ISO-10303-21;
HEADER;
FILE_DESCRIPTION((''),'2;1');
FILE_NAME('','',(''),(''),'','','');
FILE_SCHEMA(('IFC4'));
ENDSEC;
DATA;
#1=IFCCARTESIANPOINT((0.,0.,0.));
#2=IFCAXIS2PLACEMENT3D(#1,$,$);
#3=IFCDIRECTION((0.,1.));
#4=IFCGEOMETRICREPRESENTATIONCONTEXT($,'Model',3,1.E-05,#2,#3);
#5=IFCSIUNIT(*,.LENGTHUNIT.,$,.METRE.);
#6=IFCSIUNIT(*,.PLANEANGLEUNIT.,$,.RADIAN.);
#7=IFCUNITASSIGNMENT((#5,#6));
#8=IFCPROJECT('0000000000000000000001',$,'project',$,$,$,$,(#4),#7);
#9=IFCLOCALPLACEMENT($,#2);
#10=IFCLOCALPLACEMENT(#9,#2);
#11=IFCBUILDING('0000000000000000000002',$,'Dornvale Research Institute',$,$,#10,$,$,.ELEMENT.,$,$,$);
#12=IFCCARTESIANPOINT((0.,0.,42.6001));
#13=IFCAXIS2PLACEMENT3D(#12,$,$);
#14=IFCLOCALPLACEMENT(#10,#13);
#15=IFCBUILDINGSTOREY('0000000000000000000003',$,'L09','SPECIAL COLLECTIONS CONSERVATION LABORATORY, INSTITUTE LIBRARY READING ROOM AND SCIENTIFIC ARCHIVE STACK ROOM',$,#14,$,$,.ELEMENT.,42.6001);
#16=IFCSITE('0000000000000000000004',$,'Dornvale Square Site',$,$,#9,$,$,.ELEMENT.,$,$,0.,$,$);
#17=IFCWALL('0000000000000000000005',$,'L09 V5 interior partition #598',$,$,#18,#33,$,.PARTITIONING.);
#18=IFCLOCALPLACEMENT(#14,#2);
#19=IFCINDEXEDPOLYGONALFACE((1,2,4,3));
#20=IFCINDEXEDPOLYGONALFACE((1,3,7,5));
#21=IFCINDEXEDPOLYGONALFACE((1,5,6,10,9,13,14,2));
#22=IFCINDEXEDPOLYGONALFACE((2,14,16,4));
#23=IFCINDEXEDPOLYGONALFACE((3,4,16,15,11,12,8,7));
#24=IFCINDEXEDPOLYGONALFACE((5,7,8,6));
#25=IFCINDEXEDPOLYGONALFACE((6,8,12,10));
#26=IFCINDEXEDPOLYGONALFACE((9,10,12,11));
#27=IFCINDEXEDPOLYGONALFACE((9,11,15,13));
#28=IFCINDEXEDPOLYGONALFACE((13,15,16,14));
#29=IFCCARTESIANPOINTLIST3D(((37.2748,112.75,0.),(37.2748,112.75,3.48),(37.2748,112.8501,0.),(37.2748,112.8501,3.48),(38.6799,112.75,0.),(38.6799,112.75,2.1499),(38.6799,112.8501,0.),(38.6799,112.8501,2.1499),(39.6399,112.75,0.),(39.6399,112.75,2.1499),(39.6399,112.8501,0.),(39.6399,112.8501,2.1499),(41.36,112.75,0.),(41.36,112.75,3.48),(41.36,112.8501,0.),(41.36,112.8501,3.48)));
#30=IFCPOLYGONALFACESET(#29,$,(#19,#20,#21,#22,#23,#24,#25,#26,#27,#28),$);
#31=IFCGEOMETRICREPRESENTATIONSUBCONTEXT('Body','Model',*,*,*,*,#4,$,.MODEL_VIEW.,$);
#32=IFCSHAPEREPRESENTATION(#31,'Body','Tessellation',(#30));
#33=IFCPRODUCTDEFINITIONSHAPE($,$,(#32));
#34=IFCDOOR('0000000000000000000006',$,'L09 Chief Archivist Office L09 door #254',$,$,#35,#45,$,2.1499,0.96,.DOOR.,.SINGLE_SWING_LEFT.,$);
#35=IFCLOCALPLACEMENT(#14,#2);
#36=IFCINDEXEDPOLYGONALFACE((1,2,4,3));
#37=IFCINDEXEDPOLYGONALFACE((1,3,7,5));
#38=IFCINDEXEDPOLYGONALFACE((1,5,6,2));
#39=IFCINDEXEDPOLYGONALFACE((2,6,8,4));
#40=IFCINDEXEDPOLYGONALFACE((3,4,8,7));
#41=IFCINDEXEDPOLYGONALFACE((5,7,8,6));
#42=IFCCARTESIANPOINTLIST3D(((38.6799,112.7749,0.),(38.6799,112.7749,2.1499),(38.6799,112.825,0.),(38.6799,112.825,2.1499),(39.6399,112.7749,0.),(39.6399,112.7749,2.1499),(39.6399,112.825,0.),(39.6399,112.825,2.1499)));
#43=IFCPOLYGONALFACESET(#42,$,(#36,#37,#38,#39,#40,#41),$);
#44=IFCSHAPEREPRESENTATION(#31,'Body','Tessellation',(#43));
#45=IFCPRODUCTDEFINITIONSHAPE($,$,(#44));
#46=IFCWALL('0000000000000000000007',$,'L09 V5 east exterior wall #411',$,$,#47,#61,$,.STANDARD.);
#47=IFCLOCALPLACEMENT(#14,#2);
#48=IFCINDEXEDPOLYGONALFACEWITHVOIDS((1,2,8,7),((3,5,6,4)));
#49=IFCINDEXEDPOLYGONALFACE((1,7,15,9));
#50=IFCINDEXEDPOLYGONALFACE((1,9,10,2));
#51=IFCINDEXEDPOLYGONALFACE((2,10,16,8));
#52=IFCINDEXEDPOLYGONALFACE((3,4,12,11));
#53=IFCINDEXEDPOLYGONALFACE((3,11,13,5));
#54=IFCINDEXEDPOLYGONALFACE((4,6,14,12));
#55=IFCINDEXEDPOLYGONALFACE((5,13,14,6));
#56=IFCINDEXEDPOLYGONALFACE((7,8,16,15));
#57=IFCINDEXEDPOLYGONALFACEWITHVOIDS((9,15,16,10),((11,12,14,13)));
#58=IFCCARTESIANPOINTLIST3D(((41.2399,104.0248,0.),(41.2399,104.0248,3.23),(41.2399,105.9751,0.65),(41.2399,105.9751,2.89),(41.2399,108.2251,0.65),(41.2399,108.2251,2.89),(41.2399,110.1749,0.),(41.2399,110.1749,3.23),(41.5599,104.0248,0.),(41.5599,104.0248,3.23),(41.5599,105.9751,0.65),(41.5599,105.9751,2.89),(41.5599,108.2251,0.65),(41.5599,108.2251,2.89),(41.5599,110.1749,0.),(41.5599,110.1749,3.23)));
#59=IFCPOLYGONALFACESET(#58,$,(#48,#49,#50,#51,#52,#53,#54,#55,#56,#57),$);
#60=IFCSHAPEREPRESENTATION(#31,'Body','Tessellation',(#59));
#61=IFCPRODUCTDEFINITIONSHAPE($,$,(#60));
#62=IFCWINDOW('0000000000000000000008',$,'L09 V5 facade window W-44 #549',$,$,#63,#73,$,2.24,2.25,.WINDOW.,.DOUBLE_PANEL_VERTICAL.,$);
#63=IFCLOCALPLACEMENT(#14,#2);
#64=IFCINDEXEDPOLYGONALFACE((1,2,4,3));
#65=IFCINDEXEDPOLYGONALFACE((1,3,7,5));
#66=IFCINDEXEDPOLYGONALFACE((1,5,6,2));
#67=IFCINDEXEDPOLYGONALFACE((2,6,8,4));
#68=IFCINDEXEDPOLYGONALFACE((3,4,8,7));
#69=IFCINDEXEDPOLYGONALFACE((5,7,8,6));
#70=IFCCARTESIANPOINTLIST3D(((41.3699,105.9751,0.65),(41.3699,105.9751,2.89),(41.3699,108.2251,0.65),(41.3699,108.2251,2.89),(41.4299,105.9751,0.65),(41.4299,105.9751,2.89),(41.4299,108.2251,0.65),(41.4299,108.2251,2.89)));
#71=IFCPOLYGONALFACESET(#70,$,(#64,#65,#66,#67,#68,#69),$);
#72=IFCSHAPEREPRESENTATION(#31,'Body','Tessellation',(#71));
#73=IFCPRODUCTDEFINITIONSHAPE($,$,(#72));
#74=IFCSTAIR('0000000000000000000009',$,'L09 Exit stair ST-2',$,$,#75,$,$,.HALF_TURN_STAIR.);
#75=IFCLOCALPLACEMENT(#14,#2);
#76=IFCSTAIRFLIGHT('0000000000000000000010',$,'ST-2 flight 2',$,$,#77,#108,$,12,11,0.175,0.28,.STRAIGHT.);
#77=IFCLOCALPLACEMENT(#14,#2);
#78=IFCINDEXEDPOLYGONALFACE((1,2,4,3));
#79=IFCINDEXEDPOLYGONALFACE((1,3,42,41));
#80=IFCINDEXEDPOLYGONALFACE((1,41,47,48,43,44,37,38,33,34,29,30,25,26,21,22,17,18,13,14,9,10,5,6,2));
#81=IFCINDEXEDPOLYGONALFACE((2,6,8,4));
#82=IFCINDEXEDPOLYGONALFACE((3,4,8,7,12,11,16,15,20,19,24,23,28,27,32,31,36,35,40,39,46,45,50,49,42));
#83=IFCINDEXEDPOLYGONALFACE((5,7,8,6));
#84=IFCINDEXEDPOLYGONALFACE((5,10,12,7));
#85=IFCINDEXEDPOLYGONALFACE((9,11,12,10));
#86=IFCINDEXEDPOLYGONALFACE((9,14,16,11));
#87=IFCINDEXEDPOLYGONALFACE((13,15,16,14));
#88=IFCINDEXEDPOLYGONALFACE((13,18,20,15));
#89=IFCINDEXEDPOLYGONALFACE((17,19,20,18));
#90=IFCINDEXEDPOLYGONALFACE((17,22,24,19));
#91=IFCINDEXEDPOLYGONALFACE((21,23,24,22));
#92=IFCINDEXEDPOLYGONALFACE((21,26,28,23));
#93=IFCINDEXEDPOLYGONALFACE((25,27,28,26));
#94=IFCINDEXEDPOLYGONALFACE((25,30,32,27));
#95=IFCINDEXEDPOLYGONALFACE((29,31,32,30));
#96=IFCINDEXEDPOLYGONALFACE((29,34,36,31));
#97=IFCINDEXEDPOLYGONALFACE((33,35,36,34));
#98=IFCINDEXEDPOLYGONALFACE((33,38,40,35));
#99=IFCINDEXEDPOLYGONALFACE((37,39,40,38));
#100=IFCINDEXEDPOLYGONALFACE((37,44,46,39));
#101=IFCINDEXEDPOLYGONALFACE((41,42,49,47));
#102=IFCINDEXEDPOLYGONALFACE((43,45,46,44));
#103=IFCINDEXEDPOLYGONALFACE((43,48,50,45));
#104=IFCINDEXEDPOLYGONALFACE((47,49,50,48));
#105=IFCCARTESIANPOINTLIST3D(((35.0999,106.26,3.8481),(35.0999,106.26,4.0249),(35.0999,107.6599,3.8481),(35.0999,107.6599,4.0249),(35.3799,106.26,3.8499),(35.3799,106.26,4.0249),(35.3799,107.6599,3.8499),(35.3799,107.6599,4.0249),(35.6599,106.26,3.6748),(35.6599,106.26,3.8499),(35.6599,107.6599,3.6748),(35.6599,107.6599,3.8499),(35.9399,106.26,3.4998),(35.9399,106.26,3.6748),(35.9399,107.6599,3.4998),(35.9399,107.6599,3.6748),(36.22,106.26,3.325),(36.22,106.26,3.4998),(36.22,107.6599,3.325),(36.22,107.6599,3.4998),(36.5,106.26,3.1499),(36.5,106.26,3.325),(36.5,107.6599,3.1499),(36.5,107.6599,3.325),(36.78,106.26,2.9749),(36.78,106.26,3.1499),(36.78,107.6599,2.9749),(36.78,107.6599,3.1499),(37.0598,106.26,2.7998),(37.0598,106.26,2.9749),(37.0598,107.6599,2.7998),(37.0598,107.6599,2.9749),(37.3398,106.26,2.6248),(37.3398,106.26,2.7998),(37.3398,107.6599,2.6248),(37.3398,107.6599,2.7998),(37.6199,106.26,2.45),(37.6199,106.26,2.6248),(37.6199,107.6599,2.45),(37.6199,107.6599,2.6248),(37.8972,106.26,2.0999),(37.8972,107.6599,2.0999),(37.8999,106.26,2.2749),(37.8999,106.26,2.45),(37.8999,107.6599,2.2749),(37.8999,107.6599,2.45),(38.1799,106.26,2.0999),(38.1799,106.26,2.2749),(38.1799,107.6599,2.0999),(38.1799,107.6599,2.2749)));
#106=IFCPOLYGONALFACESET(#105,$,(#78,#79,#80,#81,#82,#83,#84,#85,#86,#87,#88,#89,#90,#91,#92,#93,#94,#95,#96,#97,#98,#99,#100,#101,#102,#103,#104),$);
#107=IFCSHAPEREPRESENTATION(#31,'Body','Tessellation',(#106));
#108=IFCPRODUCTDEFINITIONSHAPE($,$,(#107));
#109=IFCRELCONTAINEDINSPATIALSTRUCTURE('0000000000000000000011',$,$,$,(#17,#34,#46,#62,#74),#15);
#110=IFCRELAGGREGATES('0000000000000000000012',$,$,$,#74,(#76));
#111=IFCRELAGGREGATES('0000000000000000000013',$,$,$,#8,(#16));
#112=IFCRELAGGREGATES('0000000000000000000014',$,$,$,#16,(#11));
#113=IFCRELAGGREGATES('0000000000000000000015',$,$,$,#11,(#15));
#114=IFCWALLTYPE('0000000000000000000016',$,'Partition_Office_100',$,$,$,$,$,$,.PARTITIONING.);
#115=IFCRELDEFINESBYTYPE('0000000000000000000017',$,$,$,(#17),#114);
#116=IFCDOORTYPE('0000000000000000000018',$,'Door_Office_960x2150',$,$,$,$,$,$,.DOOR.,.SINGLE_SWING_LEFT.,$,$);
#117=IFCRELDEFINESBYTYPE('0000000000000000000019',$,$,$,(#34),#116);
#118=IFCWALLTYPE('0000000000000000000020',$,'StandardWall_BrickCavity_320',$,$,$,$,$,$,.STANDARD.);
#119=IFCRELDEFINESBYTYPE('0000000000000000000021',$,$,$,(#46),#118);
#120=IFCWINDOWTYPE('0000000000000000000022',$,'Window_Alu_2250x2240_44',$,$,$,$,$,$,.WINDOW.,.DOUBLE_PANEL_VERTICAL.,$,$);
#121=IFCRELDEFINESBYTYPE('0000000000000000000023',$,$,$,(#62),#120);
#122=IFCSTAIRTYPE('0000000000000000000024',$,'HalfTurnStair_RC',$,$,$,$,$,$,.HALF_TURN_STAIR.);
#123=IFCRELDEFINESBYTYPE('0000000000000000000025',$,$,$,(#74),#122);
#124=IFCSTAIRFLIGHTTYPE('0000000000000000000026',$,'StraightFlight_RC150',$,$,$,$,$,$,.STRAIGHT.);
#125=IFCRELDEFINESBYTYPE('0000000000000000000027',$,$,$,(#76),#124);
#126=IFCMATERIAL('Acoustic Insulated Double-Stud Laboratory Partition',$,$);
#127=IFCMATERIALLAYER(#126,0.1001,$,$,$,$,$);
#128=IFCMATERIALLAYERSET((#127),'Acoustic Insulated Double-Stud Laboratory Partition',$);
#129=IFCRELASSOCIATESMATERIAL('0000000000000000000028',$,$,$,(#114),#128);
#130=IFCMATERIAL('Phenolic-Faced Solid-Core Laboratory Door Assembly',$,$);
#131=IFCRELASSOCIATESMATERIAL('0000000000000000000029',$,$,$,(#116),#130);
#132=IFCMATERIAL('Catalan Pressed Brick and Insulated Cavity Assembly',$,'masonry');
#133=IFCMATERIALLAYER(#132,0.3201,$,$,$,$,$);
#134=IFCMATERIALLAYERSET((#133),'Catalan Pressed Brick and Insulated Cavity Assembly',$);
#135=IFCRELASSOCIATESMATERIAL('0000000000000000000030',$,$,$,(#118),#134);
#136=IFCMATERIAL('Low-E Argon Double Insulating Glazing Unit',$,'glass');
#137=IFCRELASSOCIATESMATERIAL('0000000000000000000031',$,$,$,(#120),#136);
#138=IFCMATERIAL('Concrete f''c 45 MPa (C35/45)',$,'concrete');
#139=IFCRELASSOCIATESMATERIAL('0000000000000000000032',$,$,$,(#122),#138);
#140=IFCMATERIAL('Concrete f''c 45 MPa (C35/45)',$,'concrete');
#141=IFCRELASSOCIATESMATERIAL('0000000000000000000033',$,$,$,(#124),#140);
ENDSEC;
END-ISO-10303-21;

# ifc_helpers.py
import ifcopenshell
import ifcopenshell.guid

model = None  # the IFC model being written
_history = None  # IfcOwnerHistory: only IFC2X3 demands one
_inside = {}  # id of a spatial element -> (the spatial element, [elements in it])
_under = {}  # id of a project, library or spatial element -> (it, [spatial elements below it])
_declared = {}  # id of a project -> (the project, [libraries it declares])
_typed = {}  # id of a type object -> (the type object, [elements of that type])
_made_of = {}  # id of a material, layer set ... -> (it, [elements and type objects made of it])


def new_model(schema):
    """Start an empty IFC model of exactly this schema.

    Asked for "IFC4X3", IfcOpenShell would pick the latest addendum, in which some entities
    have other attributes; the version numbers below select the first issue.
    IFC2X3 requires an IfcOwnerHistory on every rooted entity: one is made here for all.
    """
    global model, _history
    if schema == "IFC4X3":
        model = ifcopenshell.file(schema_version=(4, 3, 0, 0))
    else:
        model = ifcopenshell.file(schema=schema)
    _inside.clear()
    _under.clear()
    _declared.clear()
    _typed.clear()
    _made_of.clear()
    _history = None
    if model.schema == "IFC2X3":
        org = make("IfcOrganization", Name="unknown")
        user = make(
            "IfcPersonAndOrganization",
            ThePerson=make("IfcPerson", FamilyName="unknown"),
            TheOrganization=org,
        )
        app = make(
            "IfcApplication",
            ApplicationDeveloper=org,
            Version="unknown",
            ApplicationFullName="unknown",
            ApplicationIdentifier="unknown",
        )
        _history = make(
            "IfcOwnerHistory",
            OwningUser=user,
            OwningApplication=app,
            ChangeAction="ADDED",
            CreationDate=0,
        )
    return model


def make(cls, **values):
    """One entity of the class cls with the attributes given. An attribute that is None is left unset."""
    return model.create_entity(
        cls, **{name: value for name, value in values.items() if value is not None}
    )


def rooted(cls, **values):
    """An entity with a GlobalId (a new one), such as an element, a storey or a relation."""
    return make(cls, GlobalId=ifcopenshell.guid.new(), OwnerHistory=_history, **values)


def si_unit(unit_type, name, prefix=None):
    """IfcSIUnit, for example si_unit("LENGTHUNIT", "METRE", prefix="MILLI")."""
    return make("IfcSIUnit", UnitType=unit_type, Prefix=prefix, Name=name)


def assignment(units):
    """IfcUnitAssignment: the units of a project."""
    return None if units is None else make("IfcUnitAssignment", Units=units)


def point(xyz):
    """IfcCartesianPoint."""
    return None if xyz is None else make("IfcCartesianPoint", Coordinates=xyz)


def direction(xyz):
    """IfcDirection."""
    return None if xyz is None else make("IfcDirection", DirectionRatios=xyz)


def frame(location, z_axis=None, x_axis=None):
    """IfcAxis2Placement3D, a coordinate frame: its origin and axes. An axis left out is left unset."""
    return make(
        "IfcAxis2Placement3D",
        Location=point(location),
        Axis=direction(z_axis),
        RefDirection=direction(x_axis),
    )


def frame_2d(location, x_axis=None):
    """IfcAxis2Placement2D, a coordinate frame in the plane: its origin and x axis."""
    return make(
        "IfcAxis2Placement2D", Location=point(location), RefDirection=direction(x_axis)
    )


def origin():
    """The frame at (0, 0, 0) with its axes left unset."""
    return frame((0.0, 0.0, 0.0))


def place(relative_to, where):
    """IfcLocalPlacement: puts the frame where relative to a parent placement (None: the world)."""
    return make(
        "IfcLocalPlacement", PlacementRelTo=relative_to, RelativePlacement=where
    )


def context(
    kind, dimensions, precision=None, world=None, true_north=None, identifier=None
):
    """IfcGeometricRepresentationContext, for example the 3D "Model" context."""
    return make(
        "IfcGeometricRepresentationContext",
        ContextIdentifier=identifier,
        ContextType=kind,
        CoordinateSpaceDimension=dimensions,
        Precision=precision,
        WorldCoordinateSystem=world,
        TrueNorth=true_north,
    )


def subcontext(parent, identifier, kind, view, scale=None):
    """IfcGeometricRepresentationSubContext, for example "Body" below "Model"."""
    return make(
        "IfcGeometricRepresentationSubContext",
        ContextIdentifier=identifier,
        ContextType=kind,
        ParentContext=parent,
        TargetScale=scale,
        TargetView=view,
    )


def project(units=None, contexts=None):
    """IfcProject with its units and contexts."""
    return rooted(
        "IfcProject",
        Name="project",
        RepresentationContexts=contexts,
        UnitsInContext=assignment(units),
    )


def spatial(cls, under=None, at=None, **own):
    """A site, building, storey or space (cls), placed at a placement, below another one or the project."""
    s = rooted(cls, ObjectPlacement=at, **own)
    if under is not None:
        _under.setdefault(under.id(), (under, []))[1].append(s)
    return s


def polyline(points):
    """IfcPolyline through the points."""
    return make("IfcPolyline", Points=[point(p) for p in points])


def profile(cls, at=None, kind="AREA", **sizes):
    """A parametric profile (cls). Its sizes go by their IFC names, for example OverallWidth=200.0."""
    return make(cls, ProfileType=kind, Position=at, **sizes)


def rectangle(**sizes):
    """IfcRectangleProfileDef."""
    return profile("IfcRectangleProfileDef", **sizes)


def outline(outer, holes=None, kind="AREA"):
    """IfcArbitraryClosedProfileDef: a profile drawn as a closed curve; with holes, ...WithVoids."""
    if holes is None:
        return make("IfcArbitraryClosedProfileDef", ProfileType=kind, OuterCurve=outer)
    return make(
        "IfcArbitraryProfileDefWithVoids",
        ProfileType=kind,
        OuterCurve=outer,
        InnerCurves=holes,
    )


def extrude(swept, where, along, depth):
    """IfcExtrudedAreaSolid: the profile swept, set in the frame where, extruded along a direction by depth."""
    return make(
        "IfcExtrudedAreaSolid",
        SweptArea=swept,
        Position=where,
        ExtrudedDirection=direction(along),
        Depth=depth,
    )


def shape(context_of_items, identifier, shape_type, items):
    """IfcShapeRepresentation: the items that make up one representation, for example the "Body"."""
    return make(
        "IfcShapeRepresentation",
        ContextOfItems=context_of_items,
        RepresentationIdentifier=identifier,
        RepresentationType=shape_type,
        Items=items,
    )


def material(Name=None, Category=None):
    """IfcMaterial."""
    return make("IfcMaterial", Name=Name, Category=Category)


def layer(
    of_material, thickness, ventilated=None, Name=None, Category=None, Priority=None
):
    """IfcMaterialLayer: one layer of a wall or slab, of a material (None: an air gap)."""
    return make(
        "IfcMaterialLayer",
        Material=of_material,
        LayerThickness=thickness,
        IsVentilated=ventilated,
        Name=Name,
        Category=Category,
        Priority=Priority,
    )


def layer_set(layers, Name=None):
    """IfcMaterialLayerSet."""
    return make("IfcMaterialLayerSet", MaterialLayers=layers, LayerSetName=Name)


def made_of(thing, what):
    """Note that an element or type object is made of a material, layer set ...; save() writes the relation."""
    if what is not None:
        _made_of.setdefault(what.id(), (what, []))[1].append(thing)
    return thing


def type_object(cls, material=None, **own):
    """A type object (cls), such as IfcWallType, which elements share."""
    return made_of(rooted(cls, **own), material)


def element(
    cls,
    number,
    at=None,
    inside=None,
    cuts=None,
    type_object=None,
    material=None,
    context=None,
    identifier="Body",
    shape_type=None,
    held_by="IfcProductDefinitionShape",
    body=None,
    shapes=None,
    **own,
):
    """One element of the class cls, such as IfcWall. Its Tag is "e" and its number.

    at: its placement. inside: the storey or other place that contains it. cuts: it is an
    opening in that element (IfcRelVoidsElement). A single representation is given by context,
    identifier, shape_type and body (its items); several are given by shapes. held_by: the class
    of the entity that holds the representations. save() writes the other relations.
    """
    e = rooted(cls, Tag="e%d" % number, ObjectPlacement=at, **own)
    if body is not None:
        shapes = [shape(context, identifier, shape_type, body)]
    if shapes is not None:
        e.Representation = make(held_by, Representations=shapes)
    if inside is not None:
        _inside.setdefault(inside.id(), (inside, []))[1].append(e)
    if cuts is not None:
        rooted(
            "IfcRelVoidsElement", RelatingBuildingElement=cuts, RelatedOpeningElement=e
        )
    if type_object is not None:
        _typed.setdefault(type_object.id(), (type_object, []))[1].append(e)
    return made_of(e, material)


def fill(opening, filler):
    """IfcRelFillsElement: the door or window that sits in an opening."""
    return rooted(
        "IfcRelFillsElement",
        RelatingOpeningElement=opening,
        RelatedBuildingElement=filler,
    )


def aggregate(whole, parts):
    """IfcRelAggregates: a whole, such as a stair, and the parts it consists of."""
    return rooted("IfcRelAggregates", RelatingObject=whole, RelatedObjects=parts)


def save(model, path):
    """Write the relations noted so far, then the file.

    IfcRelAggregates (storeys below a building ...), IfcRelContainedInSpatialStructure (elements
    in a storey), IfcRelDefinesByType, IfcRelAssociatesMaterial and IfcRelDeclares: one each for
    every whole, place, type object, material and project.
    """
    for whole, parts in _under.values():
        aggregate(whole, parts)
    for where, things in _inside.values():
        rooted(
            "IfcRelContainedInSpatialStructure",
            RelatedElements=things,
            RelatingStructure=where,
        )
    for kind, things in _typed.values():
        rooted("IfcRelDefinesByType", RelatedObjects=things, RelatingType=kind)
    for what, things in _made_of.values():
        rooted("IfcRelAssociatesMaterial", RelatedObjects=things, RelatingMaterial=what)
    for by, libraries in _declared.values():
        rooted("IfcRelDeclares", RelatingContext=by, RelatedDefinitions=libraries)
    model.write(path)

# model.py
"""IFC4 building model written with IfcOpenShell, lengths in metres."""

from ifc_helpers import new_model, si_unit, direction, frame, frame_2d, origin, place, context, subcontext, project, spatial, polyline, rectangle, outline, extrude, material, layer, layer_set, type_object, element, fill, aggregate, save


model = new_model("IFC4")

# Units and contexts
model_context = context("Model", 3, precision=1e-05, world=origin(), true_north=direction((0.0, 1.0)))
body_context = subcontext(model_context, "Body", "Model", "MODEL_VIEW")
ifc_project = project(units=[si_unit("LENGTHUNIT", "METRE"), si_unit("PLANEANGLEUNIT", "RADIAN")], contexts=[model_context])

# Site, building, storey
site_placement = place(None, origin())
site = spatial("IfcSite", under=ifc_project, at=site_placement, Name="Dornvale Square Site", CompositionType="ELEMENT", RefElevation=0.0)
building_placement = place(site_placement, origin())
building = spatial("IfcBuilding", under=site, at=building_placement, Name="Dornvale Research Institute", CompositionType="ELEMENT")
storey_placement = place(building_placement, frame((0.0, 0.0, 42.6001)))
storey = spatial("IfcBuildingStorey", under=building, at=storey_placement, Name="L09", Description="SPECIAL COLLECTIONS CONSERVATION LABORATORY, INSTITUTE LIBRARY READING ROOM AND SCIENTIFIC ARCHIVE STACK ROOM", CompositionType="ELEMENT", Elevation=42.6001)

# Wall, opening, door
ifc_material_1 = material(Name="Acoustic Insulated Double-Stud Laboratory Partition")
ifc_layer_1 = layer(ifc_material_1, 0.1001)
ifc_layer_set_1 = layer_set([ifc_layer_1], Name="Acoustic Insulated Double-Stud Laboratory Partition")
wall_type_1 = type_object("IfcWallType", Name="Partition_Office_100", PredefinedType="PARTITIONING", material=ifc_layer_set_1)
wall_1_placement = place(storey_placement, frame((37.2749, 112.8, 0.0), z_axis=(0.0, 0.0, 1.0), x_axis=(1.0, 0.0, 0.0)))
wall_1 = element("IfcWall", 1, at=wall_1_placement, inside=storey, type_object=wall_type_1, Name="L09 V5 interior partition #598", PredefinedType="PARTITIONING", context=body_context, shape_type="SweptSolid", body=[
    extrude(rectangle(XDim=4.0852, YDim=0.1001, at=frame_2d((2.0425, 0.0))), origin(), (0.0, 0.0, 1.0), 3.48),
])
opening_1_placement = place(wall_1_placement, frame((1.405, 0.0, 0.0)))
opening_1 = element("IfcOpeningElement", 2, at=opening_1_placement, cuts=wall_1, PredefinedType="OPENING", context=body_context, shape_type="SweptSolid", body=[
    extrude(rectangle(XDim=0.96, YDim=2.1499, at=frame_2d((0.48, 1.075))), frame((0.0, 0.0649, 0.0), z_axis=(0.0, -1.0, 0.0), x_axis=(1.0, 0.0, 0.0)), (0.0, 0.0, 1.0), 0.1301),
])
ifc_material_2 = material(Name="Phenolic-Faced Solid-Core Laboratory Door Assembly")
door_type = type_object("IfcDoorType", Name="Door_Office_960x2150", OperationType="SINGLE_SWING_LEFT", PredefinedType="DOOR", material=ifc_material_2)
door_placement = place(opening_1_placement, origin())
door = element("IfcDoor", 3, at=door_placement, inside=storey, type_object=door_type, Name="L09 Chief Archivist Office L09 door #254", OperationType="SINGLE_SWING_LEFT", OverallHeight=2.1499, OverallWidth=0.96, PredefinedType="DOOR", context=body_context, shape_type="SweptSolid", body=[
    extrude(rectangle(XDim=0.96, YDim=2.1499, at=frame_2d((0.48, 1.075))), frame((0.0, 0.0249, 0.0), z_axis=(0.0, -1.0, 0.0), x_axis=(1.0, 0.0, 0.0)), (0.0, 0.0, 1.0), 0.05),
])
fill(opening_1, door)

# Wall, opening, window
ifc_material_3 = material(Name="Catalan Pressed Brick and Insulated Cavity Assembly", Category="masonry")
ifc_layer_2 = layer(ifc_material_3, 0.3201)
ifc_layer_set_2 = layer_set([ifc_layer_2], Name="Catalan Pressed Brick and Insulated Cavity Assembly")
wall_type_2 = type_object("IfcWallType", Name="StandardWall_BrickCavity_320", PredefinedType="STANDARD", material=ifc_layer_set_2)
wall_2_placement = place(storey_placement, frame((41.3999, 110.175, 0.0), z_axis=(0.0, 0.0, 1.0), x_axis=(0.0, -1.0, 0.0)))
wall_2 = element("IfcWall", 4, at=wall_2_placement, inside=storey, type_object=wall_type_2, Name="L09 V5 east exterior wall #411", PredefinedType="STANDARD", context=body_context, shape_type="SweptSolid", body=[
    extrude(rectangle(XDim=6.1501, YDim=0.3201, at=frame_2d((3.0752, 0.0))), origin(), (0.0, 0.0, 1.0), 3.23),
])
opening_2_placement = place(wall_2_placement, frame((1.95, 0.0, 0.6499)))
opening_2 = element("IfcOpeningElement", 5, at=opening_2_placement, cuts=wall_2, PredefinedType="OPENING", context=body_context, shape_type="SweptSolid", body=[
    extrude(rectangle(XDim=2.25, YDim=2.24, at=frame_2d((1.125, 1.1201))), frame((0.0, 0.175, 0.0), z_axis=(0.0, -1.0, 0.0), x_axis=(1.0, 0.0, 0.0)), (0.0, 0.0, 1.0), 0.3501),
])
ifc_material_4 = material(Name="Low-E Argon Double Insulating Glazing Unit", Category="glass")
window_type = type_object("IfcWindowType", Name="Window_Alu_2250x2240_44", PartitioningType="DOUBLE_PANEL_VERTICAL", PredefinedType="WINDOW", material=ifc_material_4)
window_placement = place(opening_2_placement, origin())
window = element("IfcWindow", 6, at=window_placement, inside=storey, type_object=window_type, Name="L09 V5 facade window W-44 #549", OverallHeight=2.24, OverallWidth=2.25, PartitioningType="DOUBLE_PANEL_VERTICAL", PredefinedType="WINDOW", context=body_context, shape_type="SweptSolid", body=[
    extrude(rectangle(XDim=2.25, YDim=2.24, at=frame_2d((1.125, 1.1201))), frame((0.0, 0.03, 0.0), z_axis=(0.0, -1.0, 0.0), x_axis=(1.0, 0.0, 0.0)), (0.0, 0.0, 1.0), 0.0601),
])
fill(opening_2, window)

# Stair, stair flight
ifc_material_5 = material(Name="Concrete f'c 45 MPa (C35/45)", Category="concrete")
stair_type = type_object("IfcStairType", Name="HalfTurnStair_RC", PredefinedType="HALF_TURN_STAIR", material=ifc_material_5)
stair_placement = place(storey_placement, origin())
stair = element("IfcStair", 7, at=stair_placement, inside=storey, type_object=stair_type, Name="L09 Exit stair ST-2", PredefinedType="HALF_TURN_STAIR")
ifc_material_6 = material(Name="Concrete f'c 45 MPa (C35/45)", Category="concrete")
stair_flight_type = type_object("IfcStairFlightType", Name="StraightFlight_RC150", PredefinedType="STRAIGHT", material=ifc_material_6)
stair_flight_placement = place(storey_placement, frame((38.1799, 106.96, 2.0999), z_axis=(0.0, 0.0, 1.0), x_axis=(-1.0, 0.0, 0.0)))
stair_flight = element("IfcStairFlight", 8, at=stair_flight_placement, type_object=stair_flight_type, Name="ST-2 flight 2", NumberOfRisers=12, NumberOfTreads=11, PredefinedType="STRAIGHT", RiserHeight=0.175, TreadLength=0.28, context=body_context, shape_type="SweptSolid", body=[
    extrude(outline(polyline([(0.0, 0.0), (0.0, 0.175), (0.28, 0.175), (0.28, 0.3501), (0.5601, 0.3501), (0.5601, 0.5249), (0.8401, 0.5249), (0.8401, 0.7), (1.1201, 0.7), (1.1201, 0.875), (1.3999, 0.875), (1.3999, 1.05), (1.6799, 1.05), (1.6799, 1.2251), (1.96, 1.2251), (1.96, 1.3999), (2.24, 1.3999), (2.24, 1.575), (2.52, 1.575), (2.52, 1.75), (2.8, 1.75), (2.8, 1.925), (3.0801, 1.925), (3.0801, 2.1001), (3.0801, 1.7483), (0.2827, 0.0), (0.0, 0.0)])), frame((0.0, 0.7, 0.0), z_axis=(0.0, -1.0, 0.0), x_axis=(1.0, 0.0, 0.0)), (0.0, 0.0, 1.0), 1.3999),
])
aggregate(stair, [stair_flight])

save(model, "model.ifc")
